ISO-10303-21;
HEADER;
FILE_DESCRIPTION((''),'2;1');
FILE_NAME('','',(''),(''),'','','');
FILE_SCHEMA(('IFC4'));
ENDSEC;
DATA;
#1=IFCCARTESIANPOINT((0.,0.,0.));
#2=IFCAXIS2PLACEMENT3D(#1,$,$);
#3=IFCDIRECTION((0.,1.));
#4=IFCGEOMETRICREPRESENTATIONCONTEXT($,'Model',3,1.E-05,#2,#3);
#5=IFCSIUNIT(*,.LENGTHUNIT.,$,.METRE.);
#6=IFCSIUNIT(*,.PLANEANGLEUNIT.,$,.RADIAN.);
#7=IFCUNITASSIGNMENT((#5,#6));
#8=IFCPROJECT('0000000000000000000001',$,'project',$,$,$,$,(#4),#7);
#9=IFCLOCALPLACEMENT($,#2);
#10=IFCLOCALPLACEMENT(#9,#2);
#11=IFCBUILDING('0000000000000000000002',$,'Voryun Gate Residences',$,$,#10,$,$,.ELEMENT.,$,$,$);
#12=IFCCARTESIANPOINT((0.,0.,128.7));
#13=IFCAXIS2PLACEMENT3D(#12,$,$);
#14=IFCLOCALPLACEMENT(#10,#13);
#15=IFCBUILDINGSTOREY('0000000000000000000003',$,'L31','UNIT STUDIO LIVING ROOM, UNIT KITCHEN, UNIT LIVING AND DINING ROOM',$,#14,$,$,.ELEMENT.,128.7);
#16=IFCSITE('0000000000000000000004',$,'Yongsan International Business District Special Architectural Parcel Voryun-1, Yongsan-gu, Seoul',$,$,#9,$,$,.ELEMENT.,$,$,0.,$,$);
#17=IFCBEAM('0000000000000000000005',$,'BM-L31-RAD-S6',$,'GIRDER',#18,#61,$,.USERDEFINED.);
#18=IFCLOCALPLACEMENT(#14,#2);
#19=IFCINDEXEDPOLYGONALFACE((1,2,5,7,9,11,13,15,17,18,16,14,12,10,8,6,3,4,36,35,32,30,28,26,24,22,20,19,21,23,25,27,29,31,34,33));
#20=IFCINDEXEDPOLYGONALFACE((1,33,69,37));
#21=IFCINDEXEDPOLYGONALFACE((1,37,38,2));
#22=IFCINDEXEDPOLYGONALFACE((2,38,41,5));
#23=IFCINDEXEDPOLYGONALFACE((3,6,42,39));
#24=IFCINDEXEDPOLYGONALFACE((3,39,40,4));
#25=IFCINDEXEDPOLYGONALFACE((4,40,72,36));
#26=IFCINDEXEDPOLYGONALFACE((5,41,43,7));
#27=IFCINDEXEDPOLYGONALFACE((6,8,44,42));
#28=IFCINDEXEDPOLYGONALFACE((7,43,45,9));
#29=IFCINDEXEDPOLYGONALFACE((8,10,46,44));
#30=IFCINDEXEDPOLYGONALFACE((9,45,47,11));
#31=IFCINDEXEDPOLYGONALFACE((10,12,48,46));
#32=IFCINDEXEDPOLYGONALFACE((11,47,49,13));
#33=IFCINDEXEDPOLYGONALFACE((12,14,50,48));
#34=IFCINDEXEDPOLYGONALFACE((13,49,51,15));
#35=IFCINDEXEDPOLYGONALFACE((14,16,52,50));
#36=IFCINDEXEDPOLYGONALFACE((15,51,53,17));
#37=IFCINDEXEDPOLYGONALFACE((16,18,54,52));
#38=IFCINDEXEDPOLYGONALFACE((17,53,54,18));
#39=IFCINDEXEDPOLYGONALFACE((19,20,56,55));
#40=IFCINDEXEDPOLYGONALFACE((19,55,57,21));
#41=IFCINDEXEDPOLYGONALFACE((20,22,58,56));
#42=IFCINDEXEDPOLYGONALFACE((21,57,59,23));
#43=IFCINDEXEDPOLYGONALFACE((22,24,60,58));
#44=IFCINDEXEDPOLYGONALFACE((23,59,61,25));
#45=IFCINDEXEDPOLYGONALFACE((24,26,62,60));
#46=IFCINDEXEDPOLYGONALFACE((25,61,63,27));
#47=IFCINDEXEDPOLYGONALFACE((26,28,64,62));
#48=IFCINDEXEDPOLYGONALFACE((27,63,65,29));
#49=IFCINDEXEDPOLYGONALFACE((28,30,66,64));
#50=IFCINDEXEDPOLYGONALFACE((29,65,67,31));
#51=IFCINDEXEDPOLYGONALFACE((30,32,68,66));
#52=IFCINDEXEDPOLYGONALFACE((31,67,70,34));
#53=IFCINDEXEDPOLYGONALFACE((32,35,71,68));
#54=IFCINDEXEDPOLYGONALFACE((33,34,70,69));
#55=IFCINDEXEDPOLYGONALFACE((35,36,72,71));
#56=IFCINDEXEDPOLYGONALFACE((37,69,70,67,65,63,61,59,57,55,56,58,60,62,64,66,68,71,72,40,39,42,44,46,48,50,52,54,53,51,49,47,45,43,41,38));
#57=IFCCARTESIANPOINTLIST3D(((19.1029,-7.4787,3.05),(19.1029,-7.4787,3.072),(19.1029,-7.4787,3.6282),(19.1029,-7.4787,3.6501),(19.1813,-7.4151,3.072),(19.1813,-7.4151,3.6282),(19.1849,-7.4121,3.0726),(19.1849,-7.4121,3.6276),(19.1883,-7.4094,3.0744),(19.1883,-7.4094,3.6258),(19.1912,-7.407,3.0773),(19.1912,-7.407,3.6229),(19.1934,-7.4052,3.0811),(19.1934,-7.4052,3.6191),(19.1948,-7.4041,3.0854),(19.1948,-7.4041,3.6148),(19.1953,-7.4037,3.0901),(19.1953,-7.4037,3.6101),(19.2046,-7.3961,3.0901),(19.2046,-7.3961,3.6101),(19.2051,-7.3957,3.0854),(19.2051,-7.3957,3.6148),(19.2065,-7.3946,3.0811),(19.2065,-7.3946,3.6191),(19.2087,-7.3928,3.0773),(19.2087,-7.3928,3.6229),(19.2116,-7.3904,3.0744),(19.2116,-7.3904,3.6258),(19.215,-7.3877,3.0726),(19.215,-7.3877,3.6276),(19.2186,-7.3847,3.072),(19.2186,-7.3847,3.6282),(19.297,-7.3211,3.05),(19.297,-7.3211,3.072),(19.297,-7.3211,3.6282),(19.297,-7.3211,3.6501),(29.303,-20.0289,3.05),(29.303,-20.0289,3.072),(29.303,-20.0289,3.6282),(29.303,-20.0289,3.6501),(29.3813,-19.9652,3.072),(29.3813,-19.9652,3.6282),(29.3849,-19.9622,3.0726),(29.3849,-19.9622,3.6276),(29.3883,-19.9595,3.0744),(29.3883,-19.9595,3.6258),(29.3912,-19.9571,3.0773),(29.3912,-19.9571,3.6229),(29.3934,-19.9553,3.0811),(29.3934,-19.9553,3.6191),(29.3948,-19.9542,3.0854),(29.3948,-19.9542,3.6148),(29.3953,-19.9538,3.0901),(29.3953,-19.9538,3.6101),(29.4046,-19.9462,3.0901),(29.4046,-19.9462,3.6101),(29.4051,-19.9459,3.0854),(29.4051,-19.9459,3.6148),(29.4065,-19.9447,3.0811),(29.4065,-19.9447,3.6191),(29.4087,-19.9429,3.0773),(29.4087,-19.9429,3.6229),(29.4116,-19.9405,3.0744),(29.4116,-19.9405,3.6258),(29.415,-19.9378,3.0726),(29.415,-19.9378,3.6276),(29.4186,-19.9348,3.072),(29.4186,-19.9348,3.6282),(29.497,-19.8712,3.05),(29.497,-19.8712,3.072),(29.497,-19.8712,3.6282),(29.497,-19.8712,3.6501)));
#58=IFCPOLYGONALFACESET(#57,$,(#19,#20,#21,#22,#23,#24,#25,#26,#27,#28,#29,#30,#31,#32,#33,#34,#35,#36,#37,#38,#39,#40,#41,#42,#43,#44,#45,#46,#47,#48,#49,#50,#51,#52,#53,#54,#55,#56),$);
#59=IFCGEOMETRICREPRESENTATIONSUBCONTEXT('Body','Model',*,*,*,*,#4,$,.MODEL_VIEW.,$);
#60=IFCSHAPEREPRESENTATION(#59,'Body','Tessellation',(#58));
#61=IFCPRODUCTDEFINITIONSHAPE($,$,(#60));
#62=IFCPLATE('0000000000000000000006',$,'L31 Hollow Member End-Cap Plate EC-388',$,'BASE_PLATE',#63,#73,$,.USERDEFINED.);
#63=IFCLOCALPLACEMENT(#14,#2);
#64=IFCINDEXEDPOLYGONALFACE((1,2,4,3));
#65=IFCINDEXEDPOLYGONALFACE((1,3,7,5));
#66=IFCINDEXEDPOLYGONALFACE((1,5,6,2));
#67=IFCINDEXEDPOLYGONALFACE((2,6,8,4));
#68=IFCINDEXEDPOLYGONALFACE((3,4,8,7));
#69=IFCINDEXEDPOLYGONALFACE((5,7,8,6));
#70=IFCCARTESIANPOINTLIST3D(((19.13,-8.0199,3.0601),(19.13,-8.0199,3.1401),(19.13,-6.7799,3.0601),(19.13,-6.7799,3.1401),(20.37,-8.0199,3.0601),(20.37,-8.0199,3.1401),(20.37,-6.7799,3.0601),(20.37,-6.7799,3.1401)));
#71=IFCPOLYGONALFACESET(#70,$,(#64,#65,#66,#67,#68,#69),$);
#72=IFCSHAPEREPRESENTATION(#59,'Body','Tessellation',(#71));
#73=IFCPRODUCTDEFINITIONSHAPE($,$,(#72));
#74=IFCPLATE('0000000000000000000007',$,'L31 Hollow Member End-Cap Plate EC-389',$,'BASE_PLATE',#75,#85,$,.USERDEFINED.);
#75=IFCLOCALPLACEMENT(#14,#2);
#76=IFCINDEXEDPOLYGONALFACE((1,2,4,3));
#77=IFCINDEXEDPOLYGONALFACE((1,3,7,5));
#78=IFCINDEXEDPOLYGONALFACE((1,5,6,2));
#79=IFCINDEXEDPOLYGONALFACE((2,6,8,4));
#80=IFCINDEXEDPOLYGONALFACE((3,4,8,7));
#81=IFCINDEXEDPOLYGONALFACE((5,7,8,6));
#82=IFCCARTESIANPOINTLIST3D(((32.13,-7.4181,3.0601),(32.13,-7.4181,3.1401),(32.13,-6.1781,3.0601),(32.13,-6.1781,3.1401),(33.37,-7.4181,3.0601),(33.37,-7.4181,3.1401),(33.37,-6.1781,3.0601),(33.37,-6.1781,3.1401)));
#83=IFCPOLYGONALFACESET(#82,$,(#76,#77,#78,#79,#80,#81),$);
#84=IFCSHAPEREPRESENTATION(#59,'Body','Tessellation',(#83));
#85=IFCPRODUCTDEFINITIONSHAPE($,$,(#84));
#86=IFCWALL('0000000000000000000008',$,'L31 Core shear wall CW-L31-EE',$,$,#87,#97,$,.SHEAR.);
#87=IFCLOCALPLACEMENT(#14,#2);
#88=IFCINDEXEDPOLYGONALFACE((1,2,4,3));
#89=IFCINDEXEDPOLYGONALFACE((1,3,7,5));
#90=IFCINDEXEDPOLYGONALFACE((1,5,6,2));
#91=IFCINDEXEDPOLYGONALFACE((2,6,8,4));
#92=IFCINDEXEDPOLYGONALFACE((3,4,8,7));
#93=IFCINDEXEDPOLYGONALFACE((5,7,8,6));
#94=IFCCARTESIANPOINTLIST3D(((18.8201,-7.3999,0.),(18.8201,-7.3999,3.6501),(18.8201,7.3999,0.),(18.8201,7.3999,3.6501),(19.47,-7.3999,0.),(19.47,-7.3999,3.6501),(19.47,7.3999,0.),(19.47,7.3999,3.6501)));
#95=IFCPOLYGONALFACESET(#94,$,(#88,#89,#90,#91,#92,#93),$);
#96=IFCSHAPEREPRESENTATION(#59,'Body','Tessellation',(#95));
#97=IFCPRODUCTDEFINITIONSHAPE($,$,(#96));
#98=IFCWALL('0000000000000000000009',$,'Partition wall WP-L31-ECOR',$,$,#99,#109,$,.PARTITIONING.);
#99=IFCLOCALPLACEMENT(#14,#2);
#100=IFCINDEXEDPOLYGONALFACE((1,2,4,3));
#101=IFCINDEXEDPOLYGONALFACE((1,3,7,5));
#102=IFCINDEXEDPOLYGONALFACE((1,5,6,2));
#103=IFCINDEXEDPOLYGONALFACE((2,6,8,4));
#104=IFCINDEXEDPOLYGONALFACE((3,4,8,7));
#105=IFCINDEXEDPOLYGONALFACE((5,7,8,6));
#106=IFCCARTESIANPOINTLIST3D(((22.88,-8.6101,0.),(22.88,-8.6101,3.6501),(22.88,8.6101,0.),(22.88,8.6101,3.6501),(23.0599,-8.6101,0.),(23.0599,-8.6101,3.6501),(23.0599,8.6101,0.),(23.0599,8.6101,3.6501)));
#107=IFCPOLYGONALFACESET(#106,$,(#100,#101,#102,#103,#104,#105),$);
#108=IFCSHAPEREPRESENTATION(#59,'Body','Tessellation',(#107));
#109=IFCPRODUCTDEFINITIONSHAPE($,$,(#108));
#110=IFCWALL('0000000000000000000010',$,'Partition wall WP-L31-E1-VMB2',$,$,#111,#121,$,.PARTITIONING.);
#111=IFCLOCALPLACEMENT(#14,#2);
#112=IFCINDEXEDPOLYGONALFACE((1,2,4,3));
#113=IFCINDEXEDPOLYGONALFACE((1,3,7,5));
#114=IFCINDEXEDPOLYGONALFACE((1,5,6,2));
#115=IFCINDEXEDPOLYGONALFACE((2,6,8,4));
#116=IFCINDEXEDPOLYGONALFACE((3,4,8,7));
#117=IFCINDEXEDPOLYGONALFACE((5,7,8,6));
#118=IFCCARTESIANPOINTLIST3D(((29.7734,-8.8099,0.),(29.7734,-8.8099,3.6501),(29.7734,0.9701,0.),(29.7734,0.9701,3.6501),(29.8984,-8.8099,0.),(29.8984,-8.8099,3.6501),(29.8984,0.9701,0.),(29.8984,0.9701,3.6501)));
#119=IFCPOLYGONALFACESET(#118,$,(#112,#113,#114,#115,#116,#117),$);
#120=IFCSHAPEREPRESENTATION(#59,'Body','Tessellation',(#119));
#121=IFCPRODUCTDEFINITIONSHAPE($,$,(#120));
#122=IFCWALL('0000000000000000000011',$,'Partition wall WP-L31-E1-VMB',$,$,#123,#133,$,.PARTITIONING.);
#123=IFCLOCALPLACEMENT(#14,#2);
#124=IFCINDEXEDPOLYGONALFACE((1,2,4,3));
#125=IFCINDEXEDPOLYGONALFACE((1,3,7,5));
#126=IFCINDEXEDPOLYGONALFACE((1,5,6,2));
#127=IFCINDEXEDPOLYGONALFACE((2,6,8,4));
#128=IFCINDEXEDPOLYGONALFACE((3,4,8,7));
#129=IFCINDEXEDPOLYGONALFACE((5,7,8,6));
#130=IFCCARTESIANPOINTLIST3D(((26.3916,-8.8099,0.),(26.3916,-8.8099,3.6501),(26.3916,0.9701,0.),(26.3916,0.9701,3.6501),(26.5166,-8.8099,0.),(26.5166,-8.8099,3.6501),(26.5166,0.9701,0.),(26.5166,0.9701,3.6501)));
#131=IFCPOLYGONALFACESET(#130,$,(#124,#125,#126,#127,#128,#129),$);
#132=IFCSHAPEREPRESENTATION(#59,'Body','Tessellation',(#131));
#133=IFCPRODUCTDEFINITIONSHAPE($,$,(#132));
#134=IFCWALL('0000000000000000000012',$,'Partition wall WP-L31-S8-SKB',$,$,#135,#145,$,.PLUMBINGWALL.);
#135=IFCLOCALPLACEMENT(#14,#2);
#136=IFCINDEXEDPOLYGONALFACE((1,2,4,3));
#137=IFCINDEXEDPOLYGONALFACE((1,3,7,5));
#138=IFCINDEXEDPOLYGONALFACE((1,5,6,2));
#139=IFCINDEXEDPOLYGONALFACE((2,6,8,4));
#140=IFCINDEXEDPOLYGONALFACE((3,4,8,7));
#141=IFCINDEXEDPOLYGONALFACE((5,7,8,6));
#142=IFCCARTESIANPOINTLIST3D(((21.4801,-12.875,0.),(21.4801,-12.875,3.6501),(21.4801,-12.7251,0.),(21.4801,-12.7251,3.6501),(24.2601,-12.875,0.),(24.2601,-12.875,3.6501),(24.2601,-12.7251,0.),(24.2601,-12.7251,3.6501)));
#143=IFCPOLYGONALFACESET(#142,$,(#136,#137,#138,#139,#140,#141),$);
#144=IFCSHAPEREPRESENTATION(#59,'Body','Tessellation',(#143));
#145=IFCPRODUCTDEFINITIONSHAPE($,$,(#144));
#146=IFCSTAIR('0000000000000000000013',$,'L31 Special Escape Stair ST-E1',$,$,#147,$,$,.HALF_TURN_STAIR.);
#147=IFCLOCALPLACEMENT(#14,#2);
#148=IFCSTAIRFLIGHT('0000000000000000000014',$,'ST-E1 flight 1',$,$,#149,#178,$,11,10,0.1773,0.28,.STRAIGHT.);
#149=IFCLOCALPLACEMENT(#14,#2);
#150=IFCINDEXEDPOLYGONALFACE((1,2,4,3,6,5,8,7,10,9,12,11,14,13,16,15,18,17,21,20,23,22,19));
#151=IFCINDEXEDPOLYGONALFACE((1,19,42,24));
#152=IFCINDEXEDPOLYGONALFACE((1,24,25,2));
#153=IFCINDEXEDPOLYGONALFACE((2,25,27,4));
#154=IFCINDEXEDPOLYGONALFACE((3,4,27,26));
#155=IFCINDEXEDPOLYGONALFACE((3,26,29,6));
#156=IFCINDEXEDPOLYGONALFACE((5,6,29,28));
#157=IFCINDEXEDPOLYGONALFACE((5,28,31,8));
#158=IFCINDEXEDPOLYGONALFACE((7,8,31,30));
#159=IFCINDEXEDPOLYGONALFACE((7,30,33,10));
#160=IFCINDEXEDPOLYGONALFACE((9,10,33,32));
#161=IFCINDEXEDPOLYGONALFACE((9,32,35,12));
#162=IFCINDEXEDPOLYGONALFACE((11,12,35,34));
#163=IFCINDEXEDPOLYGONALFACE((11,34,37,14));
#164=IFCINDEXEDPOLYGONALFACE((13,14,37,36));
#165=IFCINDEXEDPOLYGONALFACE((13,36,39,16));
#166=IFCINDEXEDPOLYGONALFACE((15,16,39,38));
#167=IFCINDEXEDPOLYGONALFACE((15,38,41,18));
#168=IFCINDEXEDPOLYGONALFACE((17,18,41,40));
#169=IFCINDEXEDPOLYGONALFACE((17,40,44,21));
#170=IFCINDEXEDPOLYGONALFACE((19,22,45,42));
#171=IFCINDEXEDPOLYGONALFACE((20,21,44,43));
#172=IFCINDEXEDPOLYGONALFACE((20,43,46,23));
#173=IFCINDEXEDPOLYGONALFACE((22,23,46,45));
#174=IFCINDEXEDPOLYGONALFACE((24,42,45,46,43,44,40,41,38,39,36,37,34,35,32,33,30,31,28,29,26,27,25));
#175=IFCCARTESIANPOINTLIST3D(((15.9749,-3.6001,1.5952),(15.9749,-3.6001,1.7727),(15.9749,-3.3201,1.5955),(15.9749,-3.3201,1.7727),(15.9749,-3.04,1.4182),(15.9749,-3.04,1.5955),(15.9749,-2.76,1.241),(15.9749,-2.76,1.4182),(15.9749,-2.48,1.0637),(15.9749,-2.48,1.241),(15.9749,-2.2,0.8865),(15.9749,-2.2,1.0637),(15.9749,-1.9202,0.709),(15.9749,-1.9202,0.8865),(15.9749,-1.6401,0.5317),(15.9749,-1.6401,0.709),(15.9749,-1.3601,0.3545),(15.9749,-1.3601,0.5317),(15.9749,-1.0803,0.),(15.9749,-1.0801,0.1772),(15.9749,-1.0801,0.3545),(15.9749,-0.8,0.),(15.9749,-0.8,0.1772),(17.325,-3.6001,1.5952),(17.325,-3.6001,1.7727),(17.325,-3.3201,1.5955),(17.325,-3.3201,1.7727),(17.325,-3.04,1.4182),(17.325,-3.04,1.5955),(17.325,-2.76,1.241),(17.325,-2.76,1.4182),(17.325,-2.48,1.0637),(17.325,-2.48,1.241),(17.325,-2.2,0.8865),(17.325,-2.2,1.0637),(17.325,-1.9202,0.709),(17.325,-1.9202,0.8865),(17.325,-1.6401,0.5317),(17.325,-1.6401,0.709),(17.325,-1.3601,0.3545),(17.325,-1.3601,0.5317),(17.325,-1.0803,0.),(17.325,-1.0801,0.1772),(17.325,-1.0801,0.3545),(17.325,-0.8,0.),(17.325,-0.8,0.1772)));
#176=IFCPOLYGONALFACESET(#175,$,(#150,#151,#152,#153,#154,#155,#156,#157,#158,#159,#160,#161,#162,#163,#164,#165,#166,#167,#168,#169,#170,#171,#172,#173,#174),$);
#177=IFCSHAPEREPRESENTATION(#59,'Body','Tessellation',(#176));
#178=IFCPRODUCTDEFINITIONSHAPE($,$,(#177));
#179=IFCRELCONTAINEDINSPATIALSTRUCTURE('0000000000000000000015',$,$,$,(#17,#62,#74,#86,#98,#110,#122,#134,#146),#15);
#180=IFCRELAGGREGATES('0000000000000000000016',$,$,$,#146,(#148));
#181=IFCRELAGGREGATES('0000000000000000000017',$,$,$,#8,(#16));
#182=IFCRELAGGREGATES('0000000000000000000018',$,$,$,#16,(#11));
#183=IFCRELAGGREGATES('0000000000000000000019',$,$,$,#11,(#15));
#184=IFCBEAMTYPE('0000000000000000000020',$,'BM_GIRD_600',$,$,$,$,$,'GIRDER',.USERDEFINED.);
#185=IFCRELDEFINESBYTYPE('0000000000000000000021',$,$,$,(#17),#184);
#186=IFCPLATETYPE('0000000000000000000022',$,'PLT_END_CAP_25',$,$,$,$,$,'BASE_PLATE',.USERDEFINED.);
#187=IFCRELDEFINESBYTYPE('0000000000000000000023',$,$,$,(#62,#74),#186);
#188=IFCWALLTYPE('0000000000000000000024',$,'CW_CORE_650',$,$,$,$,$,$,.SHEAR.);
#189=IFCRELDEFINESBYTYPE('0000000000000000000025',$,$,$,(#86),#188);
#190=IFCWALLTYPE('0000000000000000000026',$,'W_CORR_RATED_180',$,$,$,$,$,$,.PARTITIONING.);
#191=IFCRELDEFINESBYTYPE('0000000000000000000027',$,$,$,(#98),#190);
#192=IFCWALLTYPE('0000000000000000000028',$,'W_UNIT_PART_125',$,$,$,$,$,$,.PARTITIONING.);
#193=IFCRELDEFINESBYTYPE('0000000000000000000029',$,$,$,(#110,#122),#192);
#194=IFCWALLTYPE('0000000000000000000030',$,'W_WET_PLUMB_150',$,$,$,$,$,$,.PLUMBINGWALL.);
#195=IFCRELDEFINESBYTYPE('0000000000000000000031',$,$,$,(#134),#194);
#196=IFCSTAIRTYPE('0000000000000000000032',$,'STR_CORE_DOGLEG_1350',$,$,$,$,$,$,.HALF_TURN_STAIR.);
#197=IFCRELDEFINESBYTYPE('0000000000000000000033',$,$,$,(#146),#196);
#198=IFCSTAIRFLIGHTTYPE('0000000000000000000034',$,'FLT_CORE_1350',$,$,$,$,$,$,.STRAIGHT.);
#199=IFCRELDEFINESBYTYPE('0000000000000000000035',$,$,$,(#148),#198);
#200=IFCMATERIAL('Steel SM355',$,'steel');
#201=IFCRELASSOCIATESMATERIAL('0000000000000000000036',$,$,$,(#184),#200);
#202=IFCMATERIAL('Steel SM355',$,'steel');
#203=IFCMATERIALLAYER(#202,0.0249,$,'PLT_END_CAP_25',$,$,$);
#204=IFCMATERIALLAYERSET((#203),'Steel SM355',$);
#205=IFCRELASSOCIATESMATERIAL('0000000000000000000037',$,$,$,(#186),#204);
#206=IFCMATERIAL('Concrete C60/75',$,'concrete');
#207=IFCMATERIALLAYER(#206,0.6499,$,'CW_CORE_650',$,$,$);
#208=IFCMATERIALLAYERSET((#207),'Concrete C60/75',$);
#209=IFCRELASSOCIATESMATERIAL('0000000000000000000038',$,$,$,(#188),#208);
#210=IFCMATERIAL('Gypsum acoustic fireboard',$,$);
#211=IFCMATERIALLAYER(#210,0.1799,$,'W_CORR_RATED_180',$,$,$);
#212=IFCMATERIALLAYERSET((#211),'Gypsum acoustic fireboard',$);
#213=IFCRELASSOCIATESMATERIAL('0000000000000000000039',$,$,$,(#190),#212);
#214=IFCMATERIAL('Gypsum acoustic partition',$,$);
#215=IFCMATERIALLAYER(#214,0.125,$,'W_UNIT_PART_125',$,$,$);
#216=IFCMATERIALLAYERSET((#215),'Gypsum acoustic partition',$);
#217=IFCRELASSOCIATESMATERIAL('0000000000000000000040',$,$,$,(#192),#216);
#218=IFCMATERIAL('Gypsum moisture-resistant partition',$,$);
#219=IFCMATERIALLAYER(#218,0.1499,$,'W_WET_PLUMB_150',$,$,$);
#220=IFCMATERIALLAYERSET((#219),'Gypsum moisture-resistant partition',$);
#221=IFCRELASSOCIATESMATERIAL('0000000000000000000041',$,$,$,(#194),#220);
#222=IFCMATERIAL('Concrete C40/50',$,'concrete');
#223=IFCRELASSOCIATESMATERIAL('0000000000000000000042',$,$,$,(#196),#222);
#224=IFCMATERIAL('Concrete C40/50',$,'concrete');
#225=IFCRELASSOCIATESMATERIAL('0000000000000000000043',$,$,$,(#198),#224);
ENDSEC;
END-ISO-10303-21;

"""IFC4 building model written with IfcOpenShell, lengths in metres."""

from ifc_helpers import new_model, si_unit, direction, frame, frame_2d, origin, origin_2d, place, context, subcontext, project, spatial, polyline, rectangle, i_section, outline, extrude, material, layer, layer_set, material_profile, profile_set, type_object, element, aggregate, save


model = new_model("IFC4")

# Units and contexts
model_context = context("Model", 3, precision=1e-05, world=origin(), true_north=direction((0.0, 1.0)))
body_context = subcontext(model_context, "Body", "Model", "MODEL_VIEW")
ifc_project = project(units=[si_unit("LENGTHUNIT", "METRE"), si_unit("PLANEANGLEUNIT", "RADIAN")], contexts=[model_context])

# Site, building, storey
site_placement = place(None, origin())
site = spatial("IfcSite", under=ifc_project, at=site_placement, Name="Yongsan International Business District Special Architectural Parcel Voryun-1, Yongsan-gu, Seoul", CompositionType="ELEMENT", RefElevation=0.0)
building_placement = place(site_placement, origin())
building = spatial("IfcBuilding", under=site, at=building_placement, Name="Voryun Gate Residences", CompositionType="ELEMENT")
storey_placement = place(building_placement, frame((0.0, 0.0, 128.7)))
storey = spatial("IfcBuildingStorey", under=building, at=storey_placement, Name="L31", Description="UNIT STUDIO LIVING ROOM, UNIT KITCHEN, UNIT LIVING AND DINING ROOM", CompositionType="ELEMENT", Elevation=128.7)

# Beam
ifc_material_1 = material(Name="Steel SM355", Category="steel")
ifc_material_profile_1 = material_profile(ifc_material_1, i_section(OverallWidth=0.25, OverallDepth=0.6001, WebThickness=0.012, FlangeThickness=0.022, FilletRadius=0.0181, at=origin_2d()), Name="H-600x250x12x22")
ifc_profile_set_1 = profile_set([ifc_material_profile_1], Name="Steel SM355")
beam_type_1 = type_object("IfcBeamType", Name="BM_GIRD_600", ElementType="GIRDER", PredefinedType="USERDEFINED", material=ifc_profile_set_1)
beam_1_placement = place(storey_placement, frame((19.2, -7.3999, 3.3501), z_axis=(0.630706, -0.776022, 0.0), x_axis=(0.776022, 0.630706, 0.0)))
element("IfcBeam", 1, at=beam_1_placement, inside=storey, type_object=beam_type_1, Name="BM-L31-RAD-S6", ObjectType="GIRDER", PredefinedType="USERDEFINED", context=body_context, shape_type="SweptSolid", body=[
    extrude(i_section(OverallWidth=0.25, OverallDepth=0.6001, WebThickness=0.012, FlangeThickness=0.022, FilletRadius=0.0181, at=origin_2d()), origin(), (0.0, 0.0, 1.0), 16.1724),
])

# Plates
ifc_material_2 = material(Name="Steel SM355", Category="steel")
ifc_layer_1 = layer(ifc_material_2, 0.0249, Name="PLT_END_CAP_25")
ifc_layer_set_1 = layer_set([ifc_layer_1], Name="Steel SM355")
plate_type = type_object("IfcPlateType", Name="PLT_END_CAP_25", ElementType="BASE_PLATE", PredefinedType="USERDEFINED", material=ifc_layer_set_1)
for number, where, z_axis, x_axis, name in (
    (2, (19.75, -7.3999, 3.0601), (0.0, 0.0, 1.0), (1.0, 0.0, 0.0), "L31 Hollow Member End-Cap Plate EC-388"),
    (3, (32.75, -6.7981, 3.0601), (0.0, 0.0, 1.0), (1.0, 0.0, 0.0), "L31 Hollow Member End-Cap Plate EC-389"),
):
    element("IfcPlate", number, at=place(storey_placement, frame(where, z_axis=z_axis, x_axis=x_axis)), inside=storey, type_object=plate_type, Name=name, ObjectType="BASE_PLATE", PredefinedType="USERDEFINED", context=body_context, shape_type="SweptSolid", body=[
        extrude(rectangle(XDim=1.24, YDim=1.24, at=origin_2d()), origin(), (0.0, 0.0, 1.0), 0.0801),
    ])

# Walls
ifc_material_3 = material(Name="Concrete C60/75", Category="concrete")
ifc_layer_2 = layer(ifc_material_3, 0.6499, Name="CW_CORE_650")
ifc_layer_set_2 = layer_set([ifc_layer_2], Name="Concrete C60/75")
wall_type_1 = type_object("IfcWallType", Name="CW_CORE_650", PredefinedType="SHEAR", material=ifc_layer_set_2)
wall_1_placement = place(storey_placement, frame((19.145, -7.3999, 0.0), z_axis=(0.0, 0.0, 1.0), x_axis=(0.0, 1.0, 0.0)))
element("IfcWall", 4, at=wall_1_placement, inside=storey, type_object=wall_type_1, Name="L31 Core shear wall CW-L31-EE", PredefinedType="SHEAR", context=body_context, shape_type="SweptSolid", body=[
    extrude(rectangle(XDim=14.7998, YDim=0.6499, at=frame_2d((7.3999, 0.0))), origin(), (0.0, 0.0, 1.0), 3.6501),
])
ifc_material_4 = material(Name="Gypsum acoustic fireboard")
ifc_layer_3 = layer(ifc_material_4, 0.1799, Name="W_CORR_RATED_180")
ifc_layer_set_3 = layer_set([ifc_layer_3], Name="Gypsum acoustic fireboard")
wall_type_2 = type_object("IfcWallType", Name="W_CORR_RATED_180", PredefinedType="PARTITIONING", material=ifc_layer_set_3)
wall_2_placement = place(storey_placement, frame((22.97, -8.6101, 0.0), z_axis=(0.0, 0.0, 1.0), x_axis=(0.0, 1.0, 0.0)))
element("IfcWall", 5, at=wall_2_placement, inside=storey, type_object=wall_type_2, Name="Partition wall WP-L31-ECOR", PredefinedType="PARTITIONING", context=body_context, shape_type="SweptSolid", body=[
    extrude(rectangle(XDim=17.2202, YDim=0.1799, at=frame_2d((8.6101, 0.0))), origin(), (0.0, 0.0, 1.0), 3.6501),
])
ifc_material_5 = material(Name="Gypsum acoustic partition")
ifc_layer_4 = layer(ifc_material_5, 0.125, Name="W_UNIT_PART_125")
ifc_layer_set_4 = layer_set([ifc_layer_4], Name="Gypsum acoustic partition")
wall_type_3 = type_object("IfcWallType", Name="W_UNIT_PART_125", PredefinedType="PARTITIONING", material=ifc_layer_set_4)
for number, where, z_axis, x_axis, name in (
    (6, (29.8359, -8.8101, 0.0), (0.0, 0.0, 1.0), (0.0, 1.0, 0.0), "Partition wall WP-L31-E1-VMB2"),
    (7, (26.4541, -8.8101, 0.0), (0.0, 0.0, 1.0), (0.0, 1.0, 0.0), "Partition wall WP-L31-E1-VMB"),
):
    element("IfcWall", number, at=place(storey_placement, frame(where, z_axis=z_axis, x_axis=x_axis)), inside=storey, type_object=wall_type_3, Name=name, PredefinedType="PARTITIONING", context=body_context, shape_type="SweptSolid", body=[
        extrude(rectangle(XDim=9.78, YDim=0.125, at=frame_2d((4.8901, 0.0))), origin(), (0.0, 0.0, 1.0), 3.6501),
    ])
ifc_material_6 = material(Name="Gypsum moisture-resistant partition")
ifc_layer_5 = layer(ifc_material_6, 0.1499, Name="W_WET_PLUMB_150")
ifc_layer_set_5 = layer_set([ifc_layer_5], Name="Gypsum moisture-resistant partition")
wall_type_4 = type_object("IfcWallType", Name="W_WET_PLUMB_150", PredefinedType="PLUMBINGWALL", material=ifc_layer_set_5)
wall_3_placement = place(storey_placement, frame((21.48, -12.8, 0.0), z_axis=(0.0, 0.0, 1.0), x_axis=(1.0, 0.0, 0.0)))
element("IfcWall", 8, at=wall_3_placement, inside=storey, type_object=wall_type_4, Name="Partition wall WP-L31-S8-SKB", PredefinedType="PLUMBINGWALL", context=body_context, shape_type="SweptSolid", body=[
    extrude(rectangle(XDim=2.78, YDim=0.1499, at=frame_2d((1.3901, 0.0))), origin(), (0.0, 0.0, 1.0), 3.6501),
])

# Stair, stair flight
ifc_material_7 = material(Name="Concrete C40/50", Category="concrete")
stair_type = type_object("IfcStairType", Name="STR_CORE_DOGLEG_1350", PredefinedType="HALF_TURN_STAIR", material=ifc_material_7)
stair_placement = place(storey_placement, origin())
stair = element("IfcStair", 9, at=stair_placement, inside=storey, type_object=stair_type, Name="L31 Special Escape Stair ST-E1", PredefinedType="HALF_TURN_STAIR")
ifc_material_8 = material(Name="Concrete C40/50", Category="concrete")
stair_flight_type = type_object("IfcStairFlightType", Name="FLT_CORE_1350", PredefinedType="STRAIGHT", material=ifc_material_8)
stair_flight_1_placement = place(storey_placement, frame((16.6499, -0.8, 0.0), z_axis=(0.0, 0.0, 1.0), x_axis=(0.0, -1.0, 0.0)))
stair_flight_1 = element("IfcStairFlight", 10, at=stair_flight_1_placement, type_object=stair_flight_type, Name="ST-E1 flight 1", NumberOfRisers=11, NumberOfTreads=10, PredefinedType="STRAIGHT", RiserHeight=0.1773, TreadLength=0.28, context=body_context, shape_type="SweptSolid", body=[
    extrude(outline(polyline([(0.0, 0.0), (0.0, 0.1772), (0.28, 0.1772), (0.28, 0.3545), (0.5601, 0.3545), (0.5601, 0.5317), (0.8401, 0.5317), (0.8401, 0.709), (1.1201, 0.709), (1.1201, 0.8865), (1.3999, 0.8865), (1.3999, 1.0637), (1.6799, 1.0637), (1.6799, 1.241), (1.96, 1.241), (1.96, 1.4182), (2.24, 1.4182), (2.24, 1.5955), (2.52, 1.5955), (2.52, 1.7727), (2.8, 1.7727), (2.8, 1.95), (2.8, 1.5952), (0.2803, 0.0), (0.0, 0.0)])), frame((0.0, 0.675, 0.0), z_axis=(0.0, -1.0, 0.0), x_axis=(1.0, 0.0, 0.0)), (0.0, 0.0, 1.0), 1.3501),
])
aggregate(stair, [stair_flight_1])

save(model, "model.ifc")
